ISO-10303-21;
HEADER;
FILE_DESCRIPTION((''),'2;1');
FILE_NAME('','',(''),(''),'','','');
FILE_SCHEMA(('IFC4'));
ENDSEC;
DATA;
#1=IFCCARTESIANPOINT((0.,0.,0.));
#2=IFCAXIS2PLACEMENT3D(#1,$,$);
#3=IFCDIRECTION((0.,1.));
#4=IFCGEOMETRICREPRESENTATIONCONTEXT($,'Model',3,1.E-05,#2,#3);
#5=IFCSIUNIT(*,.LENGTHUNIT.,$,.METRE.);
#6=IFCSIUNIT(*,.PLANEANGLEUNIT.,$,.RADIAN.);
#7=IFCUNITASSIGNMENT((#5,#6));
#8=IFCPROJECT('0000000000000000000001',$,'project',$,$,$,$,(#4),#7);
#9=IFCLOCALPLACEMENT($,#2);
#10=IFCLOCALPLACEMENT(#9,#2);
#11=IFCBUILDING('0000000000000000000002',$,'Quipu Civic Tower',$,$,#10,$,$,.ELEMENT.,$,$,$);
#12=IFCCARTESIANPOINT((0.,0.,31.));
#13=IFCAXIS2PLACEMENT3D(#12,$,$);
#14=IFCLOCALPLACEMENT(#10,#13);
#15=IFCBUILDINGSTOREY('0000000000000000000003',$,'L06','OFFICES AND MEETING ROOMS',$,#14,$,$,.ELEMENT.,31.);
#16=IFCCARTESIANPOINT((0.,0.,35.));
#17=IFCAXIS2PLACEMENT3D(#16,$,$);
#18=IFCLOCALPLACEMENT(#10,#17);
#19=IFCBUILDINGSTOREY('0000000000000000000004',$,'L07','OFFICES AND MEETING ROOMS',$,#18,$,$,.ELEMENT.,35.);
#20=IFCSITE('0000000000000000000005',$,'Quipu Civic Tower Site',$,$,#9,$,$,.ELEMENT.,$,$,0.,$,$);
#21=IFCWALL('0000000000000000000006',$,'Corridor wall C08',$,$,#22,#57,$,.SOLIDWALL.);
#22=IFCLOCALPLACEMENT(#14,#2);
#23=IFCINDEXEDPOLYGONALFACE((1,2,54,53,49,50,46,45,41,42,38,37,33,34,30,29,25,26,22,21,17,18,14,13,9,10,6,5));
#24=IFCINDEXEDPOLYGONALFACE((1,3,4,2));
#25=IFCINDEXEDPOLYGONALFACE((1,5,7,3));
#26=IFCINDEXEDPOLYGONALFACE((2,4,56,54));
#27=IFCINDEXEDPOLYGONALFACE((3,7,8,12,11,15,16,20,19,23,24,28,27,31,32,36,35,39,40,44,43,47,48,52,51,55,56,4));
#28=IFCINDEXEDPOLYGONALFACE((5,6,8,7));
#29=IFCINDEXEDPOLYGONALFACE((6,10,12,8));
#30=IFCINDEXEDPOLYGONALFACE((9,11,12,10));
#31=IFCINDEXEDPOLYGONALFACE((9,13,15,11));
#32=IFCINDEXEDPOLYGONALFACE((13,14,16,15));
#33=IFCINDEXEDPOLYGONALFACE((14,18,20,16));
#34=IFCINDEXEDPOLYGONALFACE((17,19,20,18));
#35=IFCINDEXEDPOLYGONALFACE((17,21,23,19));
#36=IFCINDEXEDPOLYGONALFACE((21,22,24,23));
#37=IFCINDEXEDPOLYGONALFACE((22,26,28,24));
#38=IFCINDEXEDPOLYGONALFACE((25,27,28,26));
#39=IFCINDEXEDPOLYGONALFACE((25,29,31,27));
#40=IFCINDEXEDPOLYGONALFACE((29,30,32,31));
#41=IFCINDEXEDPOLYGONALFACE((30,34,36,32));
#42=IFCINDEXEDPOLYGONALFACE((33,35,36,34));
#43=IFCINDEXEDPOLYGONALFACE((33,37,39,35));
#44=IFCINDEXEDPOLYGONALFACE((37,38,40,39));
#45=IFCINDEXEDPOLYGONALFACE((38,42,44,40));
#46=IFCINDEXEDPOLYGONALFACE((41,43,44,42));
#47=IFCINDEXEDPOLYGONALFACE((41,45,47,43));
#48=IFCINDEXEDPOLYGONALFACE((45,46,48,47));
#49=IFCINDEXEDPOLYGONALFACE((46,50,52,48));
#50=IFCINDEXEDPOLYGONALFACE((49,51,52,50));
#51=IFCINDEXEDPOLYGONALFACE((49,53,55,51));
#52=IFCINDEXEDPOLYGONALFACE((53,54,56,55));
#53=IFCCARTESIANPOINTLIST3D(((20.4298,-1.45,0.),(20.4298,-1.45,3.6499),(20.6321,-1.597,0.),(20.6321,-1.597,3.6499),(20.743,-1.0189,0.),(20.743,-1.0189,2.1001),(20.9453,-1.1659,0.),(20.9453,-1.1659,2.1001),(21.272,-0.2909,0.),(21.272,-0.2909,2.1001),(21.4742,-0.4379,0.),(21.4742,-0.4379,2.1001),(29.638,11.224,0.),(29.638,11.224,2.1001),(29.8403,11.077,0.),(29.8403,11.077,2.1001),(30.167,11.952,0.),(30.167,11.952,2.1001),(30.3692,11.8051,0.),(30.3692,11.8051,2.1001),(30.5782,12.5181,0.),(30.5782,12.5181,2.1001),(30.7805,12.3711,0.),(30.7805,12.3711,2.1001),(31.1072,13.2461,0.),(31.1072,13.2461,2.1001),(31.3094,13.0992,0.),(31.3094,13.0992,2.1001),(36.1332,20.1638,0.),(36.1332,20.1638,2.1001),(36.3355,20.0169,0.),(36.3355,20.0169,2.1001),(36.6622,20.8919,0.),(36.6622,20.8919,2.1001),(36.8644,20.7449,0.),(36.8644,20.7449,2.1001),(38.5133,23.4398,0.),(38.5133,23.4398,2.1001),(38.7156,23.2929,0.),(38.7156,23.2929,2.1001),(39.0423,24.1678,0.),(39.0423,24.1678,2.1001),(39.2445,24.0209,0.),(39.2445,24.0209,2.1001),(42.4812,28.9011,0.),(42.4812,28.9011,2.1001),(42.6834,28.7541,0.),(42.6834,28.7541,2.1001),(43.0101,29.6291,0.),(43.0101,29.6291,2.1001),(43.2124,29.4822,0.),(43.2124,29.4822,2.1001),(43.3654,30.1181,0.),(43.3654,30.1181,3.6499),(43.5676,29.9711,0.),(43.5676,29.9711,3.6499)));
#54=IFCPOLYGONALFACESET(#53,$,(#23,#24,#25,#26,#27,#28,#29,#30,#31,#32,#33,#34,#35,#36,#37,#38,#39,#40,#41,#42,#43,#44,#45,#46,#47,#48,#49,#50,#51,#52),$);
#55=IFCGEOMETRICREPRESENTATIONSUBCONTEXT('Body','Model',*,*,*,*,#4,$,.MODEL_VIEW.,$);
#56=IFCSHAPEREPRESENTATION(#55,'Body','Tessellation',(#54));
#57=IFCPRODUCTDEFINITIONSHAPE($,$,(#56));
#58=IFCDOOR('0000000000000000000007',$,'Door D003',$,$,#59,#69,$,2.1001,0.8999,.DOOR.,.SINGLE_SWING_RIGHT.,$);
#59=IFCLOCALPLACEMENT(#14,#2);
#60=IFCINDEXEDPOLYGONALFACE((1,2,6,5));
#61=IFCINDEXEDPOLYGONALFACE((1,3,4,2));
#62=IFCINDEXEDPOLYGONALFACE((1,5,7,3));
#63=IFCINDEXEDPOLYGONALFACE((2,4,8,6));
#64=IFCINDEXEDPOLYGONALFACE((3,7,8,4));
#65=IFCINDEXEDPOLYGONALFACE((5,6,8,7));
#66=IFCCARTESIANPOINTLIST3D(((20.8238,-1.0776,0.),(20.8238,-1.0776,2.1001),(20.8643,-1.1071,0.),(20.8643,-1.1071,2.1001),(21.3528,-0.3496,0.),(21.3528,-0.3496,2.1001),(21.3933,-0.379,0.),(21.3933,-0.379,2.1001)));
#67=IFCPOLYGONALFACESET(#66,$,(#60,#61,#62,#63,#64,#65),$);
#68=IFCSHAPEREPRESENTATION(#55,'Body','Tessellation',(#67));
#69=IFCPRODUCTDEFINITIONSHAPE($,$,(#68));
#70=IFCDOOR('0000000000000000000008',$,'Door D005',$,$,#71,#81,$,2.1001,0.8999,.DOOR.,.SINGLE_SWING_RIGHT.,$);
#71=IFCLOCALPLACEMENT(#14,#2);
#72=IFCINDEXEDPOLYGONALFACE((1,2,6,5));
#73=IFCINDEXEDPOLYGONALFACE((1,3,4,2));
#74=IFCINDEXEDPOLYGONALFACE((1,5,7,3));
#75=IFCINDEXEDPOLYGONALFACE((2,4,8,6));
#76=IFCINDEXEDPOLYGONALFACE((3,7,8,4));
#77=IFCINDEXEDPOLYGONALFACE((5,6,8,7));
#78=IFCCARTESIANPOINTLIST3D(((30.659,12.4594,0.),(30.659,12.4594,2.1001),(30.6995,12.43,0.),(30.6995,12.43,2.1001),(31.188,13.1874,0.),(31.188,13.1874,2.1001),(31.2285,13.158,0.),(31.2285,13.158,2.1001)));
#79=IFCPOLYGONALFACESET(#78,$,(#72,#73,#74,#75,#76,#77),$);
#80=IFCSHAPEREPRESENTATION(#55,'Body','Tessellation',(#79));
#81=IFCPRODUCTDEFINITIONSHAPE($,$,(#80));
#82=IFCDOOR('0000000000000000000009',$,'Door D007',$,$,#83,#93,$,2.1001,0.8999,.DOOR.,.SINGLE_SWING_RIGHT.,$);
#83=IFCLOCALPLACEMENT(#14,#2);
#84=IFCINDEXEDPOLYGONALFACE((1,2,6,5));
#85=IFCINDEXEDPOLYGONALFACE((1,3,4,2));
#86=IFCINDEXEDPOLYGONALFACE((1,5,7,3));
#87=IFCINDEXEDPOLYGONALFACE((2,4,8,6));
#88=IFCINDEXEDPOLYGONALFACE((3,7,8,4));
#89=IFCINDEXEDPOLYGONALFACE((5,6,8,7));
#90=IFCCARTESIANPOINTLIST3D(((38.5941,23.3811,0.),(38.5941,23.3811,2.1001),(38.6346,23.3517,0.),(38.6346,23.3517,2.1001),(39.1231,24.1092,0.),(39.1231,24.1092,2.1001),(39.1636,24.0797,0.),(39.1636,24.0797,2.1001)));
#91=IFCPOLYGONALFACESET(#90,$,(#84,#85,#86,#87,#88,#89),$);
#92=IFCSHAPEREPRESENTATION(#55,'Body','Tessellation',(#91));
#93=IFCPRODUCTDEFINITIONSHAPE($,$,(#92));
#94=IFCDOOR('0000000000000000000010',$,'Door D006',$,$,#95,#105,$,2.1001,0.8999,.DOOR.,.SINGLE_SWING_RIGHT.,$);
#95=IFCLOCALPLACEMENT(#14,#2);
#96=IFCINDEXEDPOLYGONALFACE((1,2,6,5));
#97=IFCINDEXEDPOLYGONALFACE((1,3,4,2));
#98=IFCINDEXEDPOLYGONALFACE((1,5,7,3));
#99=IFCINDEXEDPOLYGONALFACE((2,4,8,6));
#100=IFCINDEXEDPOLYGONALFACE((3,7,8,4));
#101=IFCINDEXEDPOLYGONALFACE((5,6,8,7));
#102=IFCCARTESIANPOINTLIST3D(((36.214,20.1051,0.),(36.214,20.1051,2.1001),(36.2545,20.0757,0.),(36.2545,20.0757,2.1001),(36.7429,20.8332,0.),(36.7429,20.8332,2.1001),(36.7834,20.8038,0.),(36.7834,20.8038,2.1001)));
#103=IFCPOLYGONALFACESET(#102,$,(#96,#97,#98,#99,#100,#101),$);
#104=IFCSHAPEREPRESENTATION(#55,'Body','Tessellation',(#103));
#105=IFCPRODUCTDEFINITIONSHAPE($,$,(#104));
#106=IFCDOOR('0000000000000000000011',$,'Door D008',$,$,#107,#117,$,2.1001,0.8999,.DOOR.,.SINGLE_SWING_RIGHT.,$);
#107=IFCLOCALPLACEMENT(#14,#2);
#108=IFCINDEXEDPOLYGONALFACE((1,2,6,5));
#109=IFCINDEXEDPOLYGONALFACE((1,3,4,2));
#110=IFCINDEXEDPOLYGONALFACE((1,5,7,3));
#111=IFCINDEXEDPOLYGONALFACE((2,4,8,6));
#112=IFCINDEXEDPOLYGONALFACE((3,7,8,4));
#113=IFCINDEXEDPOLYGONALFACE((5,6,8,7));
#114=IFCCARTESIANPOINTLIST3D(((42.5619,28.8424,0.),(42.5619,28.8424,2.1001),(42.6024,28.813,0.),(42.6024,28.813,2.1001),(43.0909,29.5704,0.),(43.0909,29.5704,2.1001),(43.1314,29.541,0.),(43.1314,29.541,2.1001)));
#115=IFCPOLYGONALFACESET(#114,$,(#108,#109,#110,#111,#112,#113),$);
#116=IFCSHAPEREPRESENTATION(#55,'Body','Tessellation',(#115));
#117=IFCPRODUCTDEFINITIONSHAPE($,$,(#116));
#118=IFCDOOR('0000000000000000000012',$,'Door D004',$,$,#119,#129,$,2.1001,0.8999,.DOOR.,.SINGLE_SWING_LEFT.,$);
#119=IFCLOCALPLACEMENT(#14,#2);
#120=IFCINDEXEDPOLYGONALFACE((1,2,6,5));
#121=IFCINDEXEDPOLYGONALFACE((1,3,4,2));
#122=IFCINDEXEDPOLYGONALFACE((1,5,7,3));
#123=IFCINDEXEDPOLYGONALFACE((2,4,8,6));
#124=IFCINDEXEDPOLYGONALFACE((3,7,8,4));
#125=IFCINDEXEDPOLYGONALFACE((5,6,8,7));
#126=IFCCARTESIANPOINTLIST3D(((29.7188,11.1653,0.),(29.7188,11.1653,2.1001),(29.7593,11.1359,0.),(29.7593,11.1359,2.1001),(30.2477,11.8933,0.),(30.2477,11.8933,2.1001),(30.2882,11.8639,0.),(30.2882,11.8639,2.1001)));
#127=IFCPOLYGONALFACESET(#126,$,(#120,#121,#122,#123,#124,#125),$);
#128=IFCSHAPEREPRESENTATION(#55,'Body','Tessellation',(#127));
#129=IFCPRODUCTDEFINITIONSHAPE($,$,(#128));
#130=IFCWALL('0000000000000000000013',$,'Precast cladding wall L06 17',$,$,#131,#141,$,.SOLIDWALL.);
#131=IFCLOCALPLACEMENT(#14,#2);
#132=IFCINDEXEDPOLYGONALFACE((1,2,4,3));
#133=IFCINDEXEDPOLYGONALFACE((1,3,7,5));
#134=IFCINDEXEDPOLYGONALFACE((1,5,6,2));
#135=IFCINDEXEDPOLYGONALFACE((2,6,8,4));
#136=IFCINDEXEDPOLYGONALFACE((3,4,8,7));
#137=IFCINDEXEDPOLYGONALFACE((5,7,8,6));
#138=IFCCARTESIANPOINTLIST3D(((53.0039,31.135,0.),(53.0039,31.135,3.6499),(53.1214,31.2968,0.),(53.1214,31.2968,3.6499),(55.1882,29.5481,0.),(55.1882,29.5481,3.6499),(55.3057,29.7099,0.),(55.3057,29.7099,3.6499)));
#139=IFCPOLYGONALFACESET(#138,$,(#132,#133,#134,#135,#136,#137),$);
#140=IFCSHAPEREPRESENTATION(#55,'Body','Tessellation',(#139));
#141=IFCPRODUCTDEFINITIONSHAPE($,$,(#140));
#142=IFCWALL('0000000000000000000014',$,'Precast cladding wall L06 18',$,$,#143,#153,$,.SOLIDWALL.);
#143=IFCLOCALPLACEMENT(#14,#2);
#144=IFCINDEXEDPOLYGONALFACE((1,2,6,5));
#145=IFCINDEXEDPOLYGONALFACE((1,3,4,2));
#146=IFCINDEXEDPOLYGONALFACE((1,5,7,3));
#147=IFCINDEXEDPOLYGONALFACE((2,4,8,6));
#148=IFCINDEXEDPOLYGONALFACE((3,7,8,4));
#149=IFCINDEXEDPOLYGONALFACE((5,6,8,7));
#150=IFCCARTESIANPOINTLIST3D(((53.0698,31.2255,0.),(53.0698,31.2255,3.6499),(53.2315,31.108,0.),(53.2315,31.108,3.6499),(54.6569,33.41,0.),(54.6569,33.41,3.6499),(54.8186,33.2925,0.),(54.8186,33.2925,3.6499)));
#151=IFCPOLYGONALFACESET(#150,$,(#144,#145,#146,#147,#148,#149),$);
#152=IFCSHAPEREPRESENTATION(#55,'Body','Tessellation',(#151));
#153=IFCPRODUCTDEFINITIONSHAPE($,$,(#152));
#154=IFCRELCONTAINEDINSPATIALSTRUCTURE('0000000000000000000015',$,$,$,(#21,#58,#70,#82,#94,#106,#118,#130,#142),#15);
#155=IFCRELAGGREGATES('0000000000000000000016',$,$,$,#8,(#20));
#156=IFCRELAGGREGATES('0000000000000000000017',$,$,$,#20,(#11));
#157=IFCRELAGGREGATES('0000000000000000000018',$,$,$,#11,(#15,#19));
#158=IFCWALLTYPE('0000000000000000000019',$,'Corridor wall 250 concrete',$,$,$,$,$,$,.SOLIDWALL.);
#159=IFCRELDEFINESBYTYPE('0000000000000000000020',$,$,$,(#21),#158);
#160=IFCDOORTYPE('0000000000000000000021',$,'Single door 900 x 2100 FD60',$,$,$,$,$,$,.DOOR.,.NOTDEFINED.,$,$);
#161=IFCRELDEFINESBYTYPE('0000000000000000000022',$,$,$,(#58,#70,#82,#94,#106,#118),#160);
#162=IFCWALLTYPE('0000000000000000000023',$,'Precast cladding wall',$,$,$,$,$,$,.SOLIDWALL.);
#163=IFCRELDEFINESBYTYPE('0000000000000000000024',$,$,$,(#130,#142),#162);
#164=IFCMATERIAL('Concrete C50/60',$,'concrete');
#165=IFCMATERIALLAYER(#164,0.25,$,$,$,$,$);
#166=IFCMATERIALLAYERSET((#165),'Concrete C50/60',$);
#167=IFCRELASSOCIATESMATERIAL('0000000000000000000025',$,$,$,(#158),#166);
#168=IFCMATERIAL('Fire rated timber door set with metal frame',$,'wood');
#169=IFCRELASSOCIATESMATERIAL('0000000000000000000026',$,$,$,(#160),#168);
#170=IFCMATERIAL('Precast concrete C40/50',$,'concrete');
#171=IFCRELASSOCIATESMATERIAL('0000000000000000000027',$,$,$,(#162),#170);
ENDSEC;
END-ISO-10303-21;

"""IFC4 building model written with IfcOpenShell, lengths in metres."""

from ifc_helpers import new_model, si_unit, direction, frame, frame_2d, origin, place, context, subcontext, project, spatial, rectangle, extrude, material, layer, layer_set, type_object, element, fill, save


model = new_model("IFC4")

# Units and contexts
model_context = context("Model", 3, precision=1e-05, world=origin(), true_north=direction((0.0, 1.0)))
body_context = subcontext(model_context, "Body", "Model", "MODEL_VIEW")
ifc_project = project(units=[si_unit("LENGTHUNIT", "METRE"), si_unit("PLANEANGLEUNIT", "RADIAN")], contexts=[model_context])

# Site, building, storey
site_placement = place(None, origin())
site = spatial("IfcSite", under=ifc_project, at=site_placement, Name="Quipu Civic Tower Site", CompositionType="ELEMENT", RefElevation=0.0)
building_placement = place(site_placement, origin())
building = spatial("IfcBuilding", under=site, at=building_placement, Name="Quipu Civic Tower", CompositionType="ELEMENT")
storey_1_placement = place(building_placement, frame((0.0, 0.0, 31.0)))
storey_1 = spatial("IfcBuildingStorey", under=building, at=storey_1_placement, Name="L06", Description="OFFICES AND MEETING ROOMS", CompositionType="ELEMENT", Elevation=31.0)

# Shared definitions
storey_2_placement = place(building_placement, frame((0.0, 0.0, 35.0)))
storey_2 = spatial("IfcBuildingStorey", under=building, at=storey_2_placement, Name="L07", Description="OFFICES AND MEETING ROOMS", CompositionType="ELEMENT", Elevation=35.0)

# Wall, openings, doors
ifc_material_1 = material(Name="Concrete C50/60", Category="concrete")
ifc_layer_1 = layer(ifc_material_1, 0.25)
ifc_layer_set_1 = layer_set([ifc_layer_1], Name="Concrete C50/60")
wall_type_1 = type_object("IfcWallType", Name="Corridor wall 250 concrete", PredefinedType="SOLIDWALL", material=ifc_layer_set_1)
wall_1_placement = place(storey_1_placement, frame((43.4666, 30.0447, 0.0), z_axis=(0.0, 0.0, 1.0), x_axis=(-0.587785, -0.809017, 0.0)))
wall_1 = element("IfcWall", 1, at=wall_1_placement, inside=storey_1, type_object=wall_type_1, Name="Corridor wall C08", PredefinedType="SOLIDWALL", context=body_context, shape_type="SweptSolid", body=[
    extrude(rectangle(XDim=39.0203, YDim=0.25, at=frame_2d((19.5103, 0.0))), origin(), (0.0, 0.0, 1.0), 3.6499),
])
opening_1_placement = place(wall_1_placement, frame((37.5876, 0.0, 0.0)))
opening_1 = element("IfcOpeningElement", 2, at=opening_1_placement, cuts=wall_1, PredefinedType="OPENING", context=body_context, shape_type="SweptSolid", body=[
    extrude(rectangle(XDim=0.8999, YDim=2.1001, at=frame_2d((0.45, 1.05))), frame((0.0, 0.135, 0.0), z_axis=(0.0, -1.0, 0.0), x_axis=(1.0, 0.0, 0.0)), (0.0, 0.0, 1.0), 0.27),
])
opening_2_placement = place(wall_1_placement, frame((20.855, 0.0, 0.0)))
opening_2 = element("IfcOpeningElement", 3, at=opening_2_placement, cuts=wall_1, PredefinedType="OPENING", context=body_context, shape_type="SweptSolid", body=[
    extrude(rectangle(XDim=0.8999, YDim=2.1001, at=frame_2d((0.45, 1.05))), frame((0.0, 0.135, 0.0), z_axis=(0.0, -1.0, 0.0), x_axis=(1.0, 0.0, 0.0)), (0.0, 0.0, 1.0), 0.27),
])
opening_3_placement = place(wall_1_placement, frame((7.355, 0.0, 0.0)))
opening_3 = element("IfcOpeningElement", 4, at=opening_3_placement, cuts=wall_1, PredefinedType="OPENING", context=body_context, shape_type="SweptSolid", body=[
    extrude(rectangle(XDim=0.8999, YDim=2.1001, at=frame_2d((0.45, 1.05))), frame((0.0, 0.135, 0.0), z_axis=(0.0, -1.0, 0.0), x_axis=(1.0, 0.0, 0.0)), (0.0, 0.0, 1.0), 0.27),
])
opening_4_placement = place(wall_1_placement, frame((11.4043, 0.0, 0.0)))
opening_4 = element("IfcOpeningElement", 5, at=opening_4_placement, cuts=wall_1, PredefinedType="OPENING", context=body_context, shape_type="SweptSolid", body=[
    extrude(rectangle(XDim=0.8999, YDim=2.1001, at=frame_2d((0.45, 1.05))), frame((0.0, 0.135, 0.0), z_axis=(0.0, -1.0, 0.0), x_axis=(1.0, 0.0, 0.0)), (0.0, 0.0, 1.0), 0.27),
])
opening_5_placement = place(wall_1_placement, frame((0.6045, 0.0, 0.0)))
opening_5 = element("IfcOpeningElement", 6, at=opening_5_placement, cuts=wall_1, PredefinedType="OPENING", context=body_context, shape_type="SweptSolid", body=[
    extrude(rectangle(XDim=0.8999, YDim=2.1001, at=frame_2d((0.45, 1.05))), frame((0.0, 0.135, 0.0), z_axis=(0.0, -1.0, 0.0), x_axis=(1.0, 0.0, 0.0)), (0.0, 0.0, 1.0), 0.27),
])
opening_6_placement = place(wall_1_placement, frame((22.4546, 0.0, 0.0)))
opening_6 = element("IfcOpeningElement", 7, at=opening_6_placement, cuts=wall_1, PredefinedType="OPENING", context=body_context, shape_type="SweptSolid", body=[
    extrude(rectangle(XDim=0.8999, YDim=2.1001, at=frame_2d((0.45, 1.05))), frame((0.0, 0.135, 0.0), z_axis=(0.0, -1.0, 0.0), x_axis=(1.0, 0.0, 0.0)), (0.0, 0.0, 1.0), 0.27),
])
ifc_material_2 = material(Name="Fire rated timber door set with metal frame", Category="wood")
door_type = type_object("IfcDoorType", Name="Single door 900 x 2100 FD60", OperationType="NOTDEFINED", PredefinedType="DOOR", material=ifc_material_2)
door_1_placement = place(opening_1_placement, origin())
door_1 = element("IfcDoor", 8, at=door_1_placement, inside=storey_1, type_object=door_type, Name="Door D003", OperationType="SINGLE_SWING_RIGHT", OverallHeight=2.1001, OverallWidth=0.8999, PredefinedType="DOOR", context=body_context, shape_type="SweptSolid", body=[
    extrude(rectangle(XDim=0.8999, YDim=2.1001, at=frame_2d((0.45, 1.05))), frame((0.0, 0.0249, 0.0), z_axis=(0.0, -1.0, 0.0), x_axis=(1.0, 0.0, 0.0)), (0.0, 0.0, 1.0), 0.05),
])
fill(opening_1, door_1)
door_2_placement = place(opening_2_placement, origin())
door_2 = element("IfcDoor", 9, at=door_2_placement, inside=storey_1, type_object=door_type, Name="Door D005", OperationType="SINGLE_SWING_RIGHT", OverallHeight=2.1001, OverallWidth=0.8999, PredefinedType="DOOR", context=body_context, shape_type="SweptSolid", body=[
    extrude(rectangle(XDim=0.8999, YDim=2.1001, at=frame_2d((0.45, 1.05))), frame((0.0, 0.0249, 0.0), z_axis=(0.0, -1.0, 0.0), x_axis=(1.0, 0.0, 0.0)), (0.0, 0.0, 1.0), 0.05),
])
fill(opening_2, door_2)
door_3_placement = place(opening_3_placement, origin())
door_3 = element("IfcDoor", 10, at=door_3_placement, inside=storey_1, type_object=door_type, Name="Door D007", OperationType="SINGLE_SWING_RIGHT", OverallHeight=2.1001, OverallWidth=0.8999, PredefinedType="DOOR", context=body_context, shape_type="SweptSolid", body=[
    extrude(rectangle(XDim=0.8999, YDim=2.1001, at=frame_2d((0.45, 1.05))), frame((0.0, 0.0249, 0.0), z_axis=(0.0, -1.0, 0.0), x_axis=(1.0, 0.0, 0.0)), (0.0, 0.0, 1.0), 0.05),
])
fill(opening_3, door_3)
door_4_placement = place(opening_4_placement, origin())
door_4 = element("IfcDoor", 11, at=door_4_placement, inside=storey_1, type_object=door_type, Name="Door D006", OperationType="SINGLE_SWING_RIGHT", OverallHeight=2.1001, OverallWidth=0.8999, PredefinedType="DOOR", context=body_context, shape_type="SweptSolid", body=[
    extrude(rectangle(XDim=0.8999, YDim=2.1001, at=frame_2d((0.45, 1.05))), frame((0.0, 0.0249, 0.0), z_axis=(0.0, -1.0, 0.0), x_axis=(1.0, 0.0, 0.0)), (0.0, 0.0, 1.0), 0.05),
])
fill(opening_4, door_4)
door_5_placement = place(opening_5_placement, origin())
door_5 = element("IfcDoor", 12, at=door_5_placement, inside=storey_1, type_object=door_type, Name="Door D008", OperationType="SINGLE_SWING_RIGHT", OverallHeight=2.1001, OverallWidth=0.8999, PredefinedType="DOOR", context=body_context, shape_type="SweptSolid", body=[
    extrude(rectangle(XDim=0.8999, YDim=2.1001, at=frame_2d((0.45, 1.05))), frame((0.0, 0.0249, 0.0), z_axis=(0.0, -1.0, 0.0), x_axis=(1.0, 0.0, 0.0)), (0.0, 0.0, 1.0), 0.05),
])
fill(opening_5, door_5)
door_6_placement = place(opening_6_placement, origin())
door_6 = element("IfcDoor", 13, at=door_6_placement, inside=storey_1, type_object=door_type, Name="Door D004", OperationType="SINGLE_SWING_LEFT", OverallHeight=2.1001, OverallWidth=0.8999, PredefinedType="DOOR", context=body_context, shape_type="SweptSolid", body=[
    extrude(rectangle(XDim=0.8999, YDim=2.1001, at=frame_2d((0.45, 1.05))), frame((0.0, 0.0249, 0.0), z_axis=(0.0, -1.0, 0.0), x_axis=(1.0, 0.0, 0.0)), (0.0, 0.0, 1.0), 0.05),
])
fill(opening_6, door_6)

# Walls
ifc_material_3 = material(Name="Precast concrete C40/50", Category="concrete")
wall_type_2 = type_object("IfcWallType", Name="Precast cladding wall", PredefinedType="SOLIDWALL", material=ifc_material_3)
wall_2_placement = place(storey_1_placement, frame((55.2471, 29.6289, 0.0), z_axis=(0.0, 0.0, 1.0), x_axis=(-0.809033, 0.587763, 0.0)))
element("IfcWall", 14, at=wall_2_placement, inside=storey_1, type_object=wall_type_2, Name="Precast cladding wall L06 17", PredefinedType="SOLIDWALL", context=body_context, shape_type="SweptSolid", body=[
    extrude(rectangle(XDim=2.7, YDim=0.2, at=frame_2d((1.3501, 0.0))), origin(), (0.0, 0.0, 1.0), 3.6499),
])
wall_3_placement = place(storey_1_placement, frame((53.1506, 31.1667, 0.0), z_axis=(0.0, 0.0, 1.0), x_axis=(0.587779, 0.809021, 0.0)))
element("IfcWall", 15, at=wall_3_placement, inside=storey_1, type_object=wall_type_2, Name="Precast cladding wall L06 18", PredefinedType="SOLIDWALL", context=body_context, shape_type="SweptSolid", body=[
    extrude(rectangle(XDim=2.7002, YDim=0.2, at=frame_2d((1.3501, 0.0))), origin(), (0.0, 0.0, 1.0), 3.6499),
])

save(model, "model.ifc")
